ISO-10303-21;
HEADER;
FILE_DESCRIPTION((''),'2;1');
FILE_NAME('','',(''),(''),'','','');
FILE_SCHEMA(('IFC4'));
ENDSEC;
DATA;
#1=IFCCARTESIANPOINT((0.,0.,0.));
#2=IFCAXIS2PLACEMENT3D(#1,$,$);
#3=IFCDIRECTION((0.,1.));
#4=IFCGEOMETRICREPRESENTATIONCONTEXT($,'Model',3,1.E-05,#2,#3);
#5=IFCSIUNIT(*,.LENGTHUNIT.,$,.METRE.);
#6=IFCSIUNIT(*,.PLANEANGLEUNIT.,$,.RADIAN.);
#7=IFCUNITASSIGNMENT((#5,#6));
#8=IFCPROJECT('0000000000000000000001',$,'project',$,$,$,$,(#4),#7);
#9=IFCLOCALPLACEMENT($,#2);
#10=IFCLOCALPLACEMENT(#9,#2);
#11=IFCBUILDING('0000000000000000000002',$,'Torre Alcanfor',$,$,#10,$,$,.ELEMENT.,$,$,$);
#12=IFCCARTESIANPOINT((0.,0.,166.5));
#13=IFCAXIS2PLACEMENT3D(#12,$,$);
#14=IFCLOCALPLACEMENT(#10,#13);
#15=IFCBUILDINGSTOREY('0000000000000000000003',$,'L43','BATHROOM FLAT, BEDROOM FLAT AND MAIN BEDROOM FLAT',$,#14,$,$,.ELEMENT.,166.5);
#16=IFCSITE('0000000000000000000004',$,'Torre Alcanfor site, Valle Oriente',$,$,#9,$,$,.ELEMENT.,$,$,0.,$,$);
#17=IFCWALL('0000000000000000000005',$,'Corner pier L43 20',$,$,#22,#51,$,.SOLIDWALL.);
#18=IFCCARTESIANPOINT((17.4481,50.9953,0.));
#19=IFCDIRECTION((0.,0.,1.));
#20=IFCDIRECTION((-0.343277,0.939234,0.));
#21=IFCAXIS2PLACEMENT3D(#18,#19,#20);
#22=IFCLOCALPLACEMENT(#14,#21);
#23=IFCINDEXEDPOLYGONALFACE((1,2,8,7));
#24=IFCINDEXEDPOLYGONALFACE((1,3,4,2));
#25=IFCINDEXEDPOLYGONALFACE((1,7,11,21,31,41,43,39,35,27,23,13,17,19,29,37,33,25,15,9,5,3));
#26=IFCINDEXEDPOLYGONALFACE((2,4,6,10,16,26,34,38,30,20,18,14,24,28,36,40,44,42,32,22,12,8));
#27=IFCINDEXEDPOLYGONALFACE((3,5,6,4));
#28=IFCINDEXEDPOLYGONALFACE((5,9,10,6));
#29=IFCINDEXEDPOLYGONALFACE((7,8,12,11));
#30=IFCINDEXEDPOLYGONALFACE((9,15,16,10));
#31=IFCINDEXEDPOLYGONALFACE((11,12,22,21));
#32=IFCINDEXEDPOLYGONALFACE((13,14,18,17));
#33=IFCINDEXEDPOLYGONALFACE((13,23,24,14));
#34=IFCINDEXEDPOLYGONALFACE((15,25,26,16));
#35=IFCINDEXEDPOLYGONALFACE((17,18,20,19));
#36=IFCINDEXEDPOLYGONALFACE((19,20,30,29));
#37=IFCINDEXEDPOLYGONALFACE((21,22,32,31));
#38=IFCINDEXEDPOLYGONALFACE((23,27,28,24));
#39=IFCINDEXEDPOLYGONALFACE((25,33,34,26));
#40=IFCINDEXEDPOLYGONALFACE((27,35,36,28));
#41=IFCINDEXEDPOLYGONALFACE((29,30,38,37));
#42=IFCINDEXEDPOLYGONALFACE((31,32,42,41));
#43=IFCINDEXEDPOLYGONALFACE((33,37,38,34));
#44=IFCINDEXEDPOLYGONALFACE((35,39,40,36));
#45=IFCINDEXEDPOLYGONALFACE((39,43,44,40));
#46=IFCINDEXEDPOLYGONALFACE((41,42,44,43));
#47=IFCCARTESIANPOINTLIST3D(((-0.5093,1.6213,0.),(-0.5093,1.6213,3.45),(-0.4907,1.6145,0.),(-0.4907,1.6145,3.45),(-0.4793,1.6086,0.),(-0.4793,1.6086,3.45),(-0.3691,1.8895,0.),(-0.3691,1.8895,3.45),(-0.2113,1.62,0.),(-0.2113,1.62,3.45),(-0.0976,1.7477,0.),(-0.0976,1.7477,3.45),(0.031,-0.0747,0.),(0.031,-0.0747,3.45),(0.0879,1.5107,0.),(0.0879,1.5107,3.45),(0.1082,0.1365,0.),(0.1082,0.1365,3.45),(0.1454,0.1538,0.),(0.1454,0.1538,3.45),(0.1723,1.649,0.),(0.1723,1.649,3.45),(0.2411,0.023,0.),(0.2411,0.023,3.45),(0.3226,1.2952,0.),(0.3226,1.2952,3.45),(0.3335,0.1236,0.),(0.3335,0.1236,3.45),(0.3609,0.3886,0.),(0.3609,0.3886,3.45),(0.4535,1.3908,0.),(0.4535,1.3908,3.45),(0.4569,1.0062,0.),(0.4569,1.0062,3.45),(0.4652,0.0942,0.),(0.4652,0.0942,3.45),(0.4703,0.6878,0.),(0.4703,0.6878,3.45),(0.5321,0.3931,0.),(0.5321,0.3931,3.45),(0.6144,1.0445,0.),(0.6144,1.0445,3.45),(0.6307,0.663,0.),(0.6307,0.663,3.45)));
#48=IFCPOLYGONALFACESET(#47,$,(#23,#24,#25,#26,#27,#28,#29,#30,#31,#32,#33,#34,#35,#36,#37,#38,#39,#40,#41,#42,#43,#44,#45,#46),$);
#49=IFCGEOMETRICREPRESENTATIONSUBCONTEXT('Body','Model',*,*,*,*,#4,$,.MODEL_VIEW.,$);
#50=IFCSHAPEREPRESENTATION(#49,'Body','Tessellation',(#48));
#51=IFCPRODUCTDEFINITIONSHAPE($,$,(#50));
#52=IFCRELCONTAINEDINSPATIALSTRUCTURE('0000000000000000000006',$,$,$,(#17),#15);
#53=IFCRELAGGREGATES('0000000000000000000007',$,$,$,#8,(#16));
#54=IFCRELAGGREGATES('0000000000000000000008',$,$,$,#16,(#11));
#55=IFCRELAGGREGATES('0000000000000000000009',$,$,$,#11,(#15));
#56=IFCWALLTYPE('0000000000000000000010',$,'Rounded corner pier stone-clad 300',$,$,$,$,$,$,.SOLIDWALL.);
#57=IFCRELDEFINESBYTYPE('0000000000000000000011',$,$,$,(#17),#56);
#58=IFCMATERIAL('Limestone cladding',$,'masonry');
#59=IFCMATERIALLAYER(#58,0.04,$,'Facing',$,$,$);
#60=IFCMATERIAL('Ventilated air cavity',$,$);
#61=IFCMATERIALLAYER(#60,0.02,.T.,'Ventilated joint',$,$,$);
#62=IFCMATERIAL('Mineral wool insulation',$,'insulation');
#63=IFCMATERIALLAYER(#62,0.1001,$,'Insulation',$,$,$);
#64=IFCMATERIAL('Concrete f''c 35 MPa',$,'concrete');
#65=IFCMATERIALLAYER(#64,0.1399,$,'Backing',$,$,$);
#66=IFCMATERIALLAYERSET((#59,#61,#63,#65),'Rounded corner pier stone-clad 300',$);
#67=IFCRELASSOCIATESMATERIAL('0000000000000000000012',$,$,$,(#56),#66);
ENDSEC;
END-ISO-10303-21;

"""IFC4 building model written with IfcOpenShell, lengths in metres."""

from ifc_helpers import new_model, si_unit, direction, frame, origin, place, context, subcontext, project, spatial, polyline, outline, extrude, material, layer, layer_set, type_object, element, save


model = new_model("IFC4")

# Units and contexts
model_context = context("Model", 3, precision=1e-05, world=origin(), true_north=direction((0.0, 1.0)))
body_context = subcontext(model_context, "Body", "Model", "MODEL_VIEW")
ifc_project = project(units=[si_unit("LENGTHUNIT", "METRE"), si_unit("PLANEANGLEUNIT", "RADIAN")], contexts=[model_context])

# Site, building, storey
site_placement = place(None, origin())
site = spatial("IfcSite", under=ifc_project, at=site_placement, Name="Torre Alcanfor site, Valle Oriente", CompositionType="ELEMENT", RefElevation=0.0)
building_placement = place(site_placement, origin())
building = spatial("IfcBuilding", under=site, at=building_placement, Name="Torre Alcanfor", CompositionType="ELEMENT")
storey_placement = place(building_placement, frame((0.0, 0.0, 166.5)))
storey = spatial("IfcBuildingStorey", under=building, at=storey_placement, Name="L43", Description="BATHROOM FLAT, BEDROOM FLAT AND MAIN BEDROOM FLAT", CompositionType="ELEMENT", Elevation=166.5)

# Shared definitions
ifc_material_1 = material(Name="Limestone cladding", Category="masonry")
ifc_material_2 = material(Name="Ventilated air cavity")
ifc_material_3 = material(Name="Mineral wool insulation", Category="insulation")
ifc_material_4 = material(Name="Concrete f'c 35 MPa", Category="concrete")

# Wall
ifc_layer_1 = layer(ifc_material_1, 0.04, Name="Facing")
ifc_layer_2 = layer(ifc_material_2, 0.02, ventilated=True, Name="Ventilated joint")
ifc_layer_3 = layer(ifc_material_3, 0.1001, Name="Insulation")
ifc_layer_4 = layer(ifc_material_4, 0.1399, Name="Backing")
ifc_layer_set_1 = layer_set([ifc_layer_1, ifc_layer_2, ifc_layer_3, ifc_layer_4], Name="Rounded corner pier stone-clad 300")
wall_type_1 = type_object("IfcWallType", Name="Rounded corner pier stone-clad 300", PredefinedType="SOLIDWALL", material=ifc_layer_set_1)
wall_1_placement = place(storey_placement, frame((17.4481, 50.9953, 0.0), z_axis=(0.0, 0.0, 1.0), x_axis=(-0.343277, 0.939234, 0.0)))
element("IfcWall", 1, at=wall_1_placement, inside=storey, type_object=wall_type_1, Name="Corner pier L43 20", PredefinedType="SOLIDWALL", context=body_context, shape_type="SweptSolid", body=[
    extrude(outline(polyline([(0.2411, 0.023), (0.3335, 0.1236), (0.4652, 0.0942), (0.5321, 0.3931), (0.6307, 0.663), (0.6144, 1.0445), (0.4535, 1.3908), (0.1723, 1.649), (-0.0976, 1.7477), (-0.3691, 1.8895), (-0.5093, 1.6213), (-0.4907, 1.6145), (-0.4793, 1.6086), (-0.2113, 1.62), (0.0879, 1.5107), (0.3226, 1.2952), (0.4569, 1.0062), (0.4703, 0.6878), (0.3609, 0.3886), (0.1454, 0.1538), (0.1082, 0.1365), (0.031, -0.0747), (0.2411, 0.023)])), origin(), (0.0, 0.0, 1.0), 3.45),
])

save(model, "model.ifc")
